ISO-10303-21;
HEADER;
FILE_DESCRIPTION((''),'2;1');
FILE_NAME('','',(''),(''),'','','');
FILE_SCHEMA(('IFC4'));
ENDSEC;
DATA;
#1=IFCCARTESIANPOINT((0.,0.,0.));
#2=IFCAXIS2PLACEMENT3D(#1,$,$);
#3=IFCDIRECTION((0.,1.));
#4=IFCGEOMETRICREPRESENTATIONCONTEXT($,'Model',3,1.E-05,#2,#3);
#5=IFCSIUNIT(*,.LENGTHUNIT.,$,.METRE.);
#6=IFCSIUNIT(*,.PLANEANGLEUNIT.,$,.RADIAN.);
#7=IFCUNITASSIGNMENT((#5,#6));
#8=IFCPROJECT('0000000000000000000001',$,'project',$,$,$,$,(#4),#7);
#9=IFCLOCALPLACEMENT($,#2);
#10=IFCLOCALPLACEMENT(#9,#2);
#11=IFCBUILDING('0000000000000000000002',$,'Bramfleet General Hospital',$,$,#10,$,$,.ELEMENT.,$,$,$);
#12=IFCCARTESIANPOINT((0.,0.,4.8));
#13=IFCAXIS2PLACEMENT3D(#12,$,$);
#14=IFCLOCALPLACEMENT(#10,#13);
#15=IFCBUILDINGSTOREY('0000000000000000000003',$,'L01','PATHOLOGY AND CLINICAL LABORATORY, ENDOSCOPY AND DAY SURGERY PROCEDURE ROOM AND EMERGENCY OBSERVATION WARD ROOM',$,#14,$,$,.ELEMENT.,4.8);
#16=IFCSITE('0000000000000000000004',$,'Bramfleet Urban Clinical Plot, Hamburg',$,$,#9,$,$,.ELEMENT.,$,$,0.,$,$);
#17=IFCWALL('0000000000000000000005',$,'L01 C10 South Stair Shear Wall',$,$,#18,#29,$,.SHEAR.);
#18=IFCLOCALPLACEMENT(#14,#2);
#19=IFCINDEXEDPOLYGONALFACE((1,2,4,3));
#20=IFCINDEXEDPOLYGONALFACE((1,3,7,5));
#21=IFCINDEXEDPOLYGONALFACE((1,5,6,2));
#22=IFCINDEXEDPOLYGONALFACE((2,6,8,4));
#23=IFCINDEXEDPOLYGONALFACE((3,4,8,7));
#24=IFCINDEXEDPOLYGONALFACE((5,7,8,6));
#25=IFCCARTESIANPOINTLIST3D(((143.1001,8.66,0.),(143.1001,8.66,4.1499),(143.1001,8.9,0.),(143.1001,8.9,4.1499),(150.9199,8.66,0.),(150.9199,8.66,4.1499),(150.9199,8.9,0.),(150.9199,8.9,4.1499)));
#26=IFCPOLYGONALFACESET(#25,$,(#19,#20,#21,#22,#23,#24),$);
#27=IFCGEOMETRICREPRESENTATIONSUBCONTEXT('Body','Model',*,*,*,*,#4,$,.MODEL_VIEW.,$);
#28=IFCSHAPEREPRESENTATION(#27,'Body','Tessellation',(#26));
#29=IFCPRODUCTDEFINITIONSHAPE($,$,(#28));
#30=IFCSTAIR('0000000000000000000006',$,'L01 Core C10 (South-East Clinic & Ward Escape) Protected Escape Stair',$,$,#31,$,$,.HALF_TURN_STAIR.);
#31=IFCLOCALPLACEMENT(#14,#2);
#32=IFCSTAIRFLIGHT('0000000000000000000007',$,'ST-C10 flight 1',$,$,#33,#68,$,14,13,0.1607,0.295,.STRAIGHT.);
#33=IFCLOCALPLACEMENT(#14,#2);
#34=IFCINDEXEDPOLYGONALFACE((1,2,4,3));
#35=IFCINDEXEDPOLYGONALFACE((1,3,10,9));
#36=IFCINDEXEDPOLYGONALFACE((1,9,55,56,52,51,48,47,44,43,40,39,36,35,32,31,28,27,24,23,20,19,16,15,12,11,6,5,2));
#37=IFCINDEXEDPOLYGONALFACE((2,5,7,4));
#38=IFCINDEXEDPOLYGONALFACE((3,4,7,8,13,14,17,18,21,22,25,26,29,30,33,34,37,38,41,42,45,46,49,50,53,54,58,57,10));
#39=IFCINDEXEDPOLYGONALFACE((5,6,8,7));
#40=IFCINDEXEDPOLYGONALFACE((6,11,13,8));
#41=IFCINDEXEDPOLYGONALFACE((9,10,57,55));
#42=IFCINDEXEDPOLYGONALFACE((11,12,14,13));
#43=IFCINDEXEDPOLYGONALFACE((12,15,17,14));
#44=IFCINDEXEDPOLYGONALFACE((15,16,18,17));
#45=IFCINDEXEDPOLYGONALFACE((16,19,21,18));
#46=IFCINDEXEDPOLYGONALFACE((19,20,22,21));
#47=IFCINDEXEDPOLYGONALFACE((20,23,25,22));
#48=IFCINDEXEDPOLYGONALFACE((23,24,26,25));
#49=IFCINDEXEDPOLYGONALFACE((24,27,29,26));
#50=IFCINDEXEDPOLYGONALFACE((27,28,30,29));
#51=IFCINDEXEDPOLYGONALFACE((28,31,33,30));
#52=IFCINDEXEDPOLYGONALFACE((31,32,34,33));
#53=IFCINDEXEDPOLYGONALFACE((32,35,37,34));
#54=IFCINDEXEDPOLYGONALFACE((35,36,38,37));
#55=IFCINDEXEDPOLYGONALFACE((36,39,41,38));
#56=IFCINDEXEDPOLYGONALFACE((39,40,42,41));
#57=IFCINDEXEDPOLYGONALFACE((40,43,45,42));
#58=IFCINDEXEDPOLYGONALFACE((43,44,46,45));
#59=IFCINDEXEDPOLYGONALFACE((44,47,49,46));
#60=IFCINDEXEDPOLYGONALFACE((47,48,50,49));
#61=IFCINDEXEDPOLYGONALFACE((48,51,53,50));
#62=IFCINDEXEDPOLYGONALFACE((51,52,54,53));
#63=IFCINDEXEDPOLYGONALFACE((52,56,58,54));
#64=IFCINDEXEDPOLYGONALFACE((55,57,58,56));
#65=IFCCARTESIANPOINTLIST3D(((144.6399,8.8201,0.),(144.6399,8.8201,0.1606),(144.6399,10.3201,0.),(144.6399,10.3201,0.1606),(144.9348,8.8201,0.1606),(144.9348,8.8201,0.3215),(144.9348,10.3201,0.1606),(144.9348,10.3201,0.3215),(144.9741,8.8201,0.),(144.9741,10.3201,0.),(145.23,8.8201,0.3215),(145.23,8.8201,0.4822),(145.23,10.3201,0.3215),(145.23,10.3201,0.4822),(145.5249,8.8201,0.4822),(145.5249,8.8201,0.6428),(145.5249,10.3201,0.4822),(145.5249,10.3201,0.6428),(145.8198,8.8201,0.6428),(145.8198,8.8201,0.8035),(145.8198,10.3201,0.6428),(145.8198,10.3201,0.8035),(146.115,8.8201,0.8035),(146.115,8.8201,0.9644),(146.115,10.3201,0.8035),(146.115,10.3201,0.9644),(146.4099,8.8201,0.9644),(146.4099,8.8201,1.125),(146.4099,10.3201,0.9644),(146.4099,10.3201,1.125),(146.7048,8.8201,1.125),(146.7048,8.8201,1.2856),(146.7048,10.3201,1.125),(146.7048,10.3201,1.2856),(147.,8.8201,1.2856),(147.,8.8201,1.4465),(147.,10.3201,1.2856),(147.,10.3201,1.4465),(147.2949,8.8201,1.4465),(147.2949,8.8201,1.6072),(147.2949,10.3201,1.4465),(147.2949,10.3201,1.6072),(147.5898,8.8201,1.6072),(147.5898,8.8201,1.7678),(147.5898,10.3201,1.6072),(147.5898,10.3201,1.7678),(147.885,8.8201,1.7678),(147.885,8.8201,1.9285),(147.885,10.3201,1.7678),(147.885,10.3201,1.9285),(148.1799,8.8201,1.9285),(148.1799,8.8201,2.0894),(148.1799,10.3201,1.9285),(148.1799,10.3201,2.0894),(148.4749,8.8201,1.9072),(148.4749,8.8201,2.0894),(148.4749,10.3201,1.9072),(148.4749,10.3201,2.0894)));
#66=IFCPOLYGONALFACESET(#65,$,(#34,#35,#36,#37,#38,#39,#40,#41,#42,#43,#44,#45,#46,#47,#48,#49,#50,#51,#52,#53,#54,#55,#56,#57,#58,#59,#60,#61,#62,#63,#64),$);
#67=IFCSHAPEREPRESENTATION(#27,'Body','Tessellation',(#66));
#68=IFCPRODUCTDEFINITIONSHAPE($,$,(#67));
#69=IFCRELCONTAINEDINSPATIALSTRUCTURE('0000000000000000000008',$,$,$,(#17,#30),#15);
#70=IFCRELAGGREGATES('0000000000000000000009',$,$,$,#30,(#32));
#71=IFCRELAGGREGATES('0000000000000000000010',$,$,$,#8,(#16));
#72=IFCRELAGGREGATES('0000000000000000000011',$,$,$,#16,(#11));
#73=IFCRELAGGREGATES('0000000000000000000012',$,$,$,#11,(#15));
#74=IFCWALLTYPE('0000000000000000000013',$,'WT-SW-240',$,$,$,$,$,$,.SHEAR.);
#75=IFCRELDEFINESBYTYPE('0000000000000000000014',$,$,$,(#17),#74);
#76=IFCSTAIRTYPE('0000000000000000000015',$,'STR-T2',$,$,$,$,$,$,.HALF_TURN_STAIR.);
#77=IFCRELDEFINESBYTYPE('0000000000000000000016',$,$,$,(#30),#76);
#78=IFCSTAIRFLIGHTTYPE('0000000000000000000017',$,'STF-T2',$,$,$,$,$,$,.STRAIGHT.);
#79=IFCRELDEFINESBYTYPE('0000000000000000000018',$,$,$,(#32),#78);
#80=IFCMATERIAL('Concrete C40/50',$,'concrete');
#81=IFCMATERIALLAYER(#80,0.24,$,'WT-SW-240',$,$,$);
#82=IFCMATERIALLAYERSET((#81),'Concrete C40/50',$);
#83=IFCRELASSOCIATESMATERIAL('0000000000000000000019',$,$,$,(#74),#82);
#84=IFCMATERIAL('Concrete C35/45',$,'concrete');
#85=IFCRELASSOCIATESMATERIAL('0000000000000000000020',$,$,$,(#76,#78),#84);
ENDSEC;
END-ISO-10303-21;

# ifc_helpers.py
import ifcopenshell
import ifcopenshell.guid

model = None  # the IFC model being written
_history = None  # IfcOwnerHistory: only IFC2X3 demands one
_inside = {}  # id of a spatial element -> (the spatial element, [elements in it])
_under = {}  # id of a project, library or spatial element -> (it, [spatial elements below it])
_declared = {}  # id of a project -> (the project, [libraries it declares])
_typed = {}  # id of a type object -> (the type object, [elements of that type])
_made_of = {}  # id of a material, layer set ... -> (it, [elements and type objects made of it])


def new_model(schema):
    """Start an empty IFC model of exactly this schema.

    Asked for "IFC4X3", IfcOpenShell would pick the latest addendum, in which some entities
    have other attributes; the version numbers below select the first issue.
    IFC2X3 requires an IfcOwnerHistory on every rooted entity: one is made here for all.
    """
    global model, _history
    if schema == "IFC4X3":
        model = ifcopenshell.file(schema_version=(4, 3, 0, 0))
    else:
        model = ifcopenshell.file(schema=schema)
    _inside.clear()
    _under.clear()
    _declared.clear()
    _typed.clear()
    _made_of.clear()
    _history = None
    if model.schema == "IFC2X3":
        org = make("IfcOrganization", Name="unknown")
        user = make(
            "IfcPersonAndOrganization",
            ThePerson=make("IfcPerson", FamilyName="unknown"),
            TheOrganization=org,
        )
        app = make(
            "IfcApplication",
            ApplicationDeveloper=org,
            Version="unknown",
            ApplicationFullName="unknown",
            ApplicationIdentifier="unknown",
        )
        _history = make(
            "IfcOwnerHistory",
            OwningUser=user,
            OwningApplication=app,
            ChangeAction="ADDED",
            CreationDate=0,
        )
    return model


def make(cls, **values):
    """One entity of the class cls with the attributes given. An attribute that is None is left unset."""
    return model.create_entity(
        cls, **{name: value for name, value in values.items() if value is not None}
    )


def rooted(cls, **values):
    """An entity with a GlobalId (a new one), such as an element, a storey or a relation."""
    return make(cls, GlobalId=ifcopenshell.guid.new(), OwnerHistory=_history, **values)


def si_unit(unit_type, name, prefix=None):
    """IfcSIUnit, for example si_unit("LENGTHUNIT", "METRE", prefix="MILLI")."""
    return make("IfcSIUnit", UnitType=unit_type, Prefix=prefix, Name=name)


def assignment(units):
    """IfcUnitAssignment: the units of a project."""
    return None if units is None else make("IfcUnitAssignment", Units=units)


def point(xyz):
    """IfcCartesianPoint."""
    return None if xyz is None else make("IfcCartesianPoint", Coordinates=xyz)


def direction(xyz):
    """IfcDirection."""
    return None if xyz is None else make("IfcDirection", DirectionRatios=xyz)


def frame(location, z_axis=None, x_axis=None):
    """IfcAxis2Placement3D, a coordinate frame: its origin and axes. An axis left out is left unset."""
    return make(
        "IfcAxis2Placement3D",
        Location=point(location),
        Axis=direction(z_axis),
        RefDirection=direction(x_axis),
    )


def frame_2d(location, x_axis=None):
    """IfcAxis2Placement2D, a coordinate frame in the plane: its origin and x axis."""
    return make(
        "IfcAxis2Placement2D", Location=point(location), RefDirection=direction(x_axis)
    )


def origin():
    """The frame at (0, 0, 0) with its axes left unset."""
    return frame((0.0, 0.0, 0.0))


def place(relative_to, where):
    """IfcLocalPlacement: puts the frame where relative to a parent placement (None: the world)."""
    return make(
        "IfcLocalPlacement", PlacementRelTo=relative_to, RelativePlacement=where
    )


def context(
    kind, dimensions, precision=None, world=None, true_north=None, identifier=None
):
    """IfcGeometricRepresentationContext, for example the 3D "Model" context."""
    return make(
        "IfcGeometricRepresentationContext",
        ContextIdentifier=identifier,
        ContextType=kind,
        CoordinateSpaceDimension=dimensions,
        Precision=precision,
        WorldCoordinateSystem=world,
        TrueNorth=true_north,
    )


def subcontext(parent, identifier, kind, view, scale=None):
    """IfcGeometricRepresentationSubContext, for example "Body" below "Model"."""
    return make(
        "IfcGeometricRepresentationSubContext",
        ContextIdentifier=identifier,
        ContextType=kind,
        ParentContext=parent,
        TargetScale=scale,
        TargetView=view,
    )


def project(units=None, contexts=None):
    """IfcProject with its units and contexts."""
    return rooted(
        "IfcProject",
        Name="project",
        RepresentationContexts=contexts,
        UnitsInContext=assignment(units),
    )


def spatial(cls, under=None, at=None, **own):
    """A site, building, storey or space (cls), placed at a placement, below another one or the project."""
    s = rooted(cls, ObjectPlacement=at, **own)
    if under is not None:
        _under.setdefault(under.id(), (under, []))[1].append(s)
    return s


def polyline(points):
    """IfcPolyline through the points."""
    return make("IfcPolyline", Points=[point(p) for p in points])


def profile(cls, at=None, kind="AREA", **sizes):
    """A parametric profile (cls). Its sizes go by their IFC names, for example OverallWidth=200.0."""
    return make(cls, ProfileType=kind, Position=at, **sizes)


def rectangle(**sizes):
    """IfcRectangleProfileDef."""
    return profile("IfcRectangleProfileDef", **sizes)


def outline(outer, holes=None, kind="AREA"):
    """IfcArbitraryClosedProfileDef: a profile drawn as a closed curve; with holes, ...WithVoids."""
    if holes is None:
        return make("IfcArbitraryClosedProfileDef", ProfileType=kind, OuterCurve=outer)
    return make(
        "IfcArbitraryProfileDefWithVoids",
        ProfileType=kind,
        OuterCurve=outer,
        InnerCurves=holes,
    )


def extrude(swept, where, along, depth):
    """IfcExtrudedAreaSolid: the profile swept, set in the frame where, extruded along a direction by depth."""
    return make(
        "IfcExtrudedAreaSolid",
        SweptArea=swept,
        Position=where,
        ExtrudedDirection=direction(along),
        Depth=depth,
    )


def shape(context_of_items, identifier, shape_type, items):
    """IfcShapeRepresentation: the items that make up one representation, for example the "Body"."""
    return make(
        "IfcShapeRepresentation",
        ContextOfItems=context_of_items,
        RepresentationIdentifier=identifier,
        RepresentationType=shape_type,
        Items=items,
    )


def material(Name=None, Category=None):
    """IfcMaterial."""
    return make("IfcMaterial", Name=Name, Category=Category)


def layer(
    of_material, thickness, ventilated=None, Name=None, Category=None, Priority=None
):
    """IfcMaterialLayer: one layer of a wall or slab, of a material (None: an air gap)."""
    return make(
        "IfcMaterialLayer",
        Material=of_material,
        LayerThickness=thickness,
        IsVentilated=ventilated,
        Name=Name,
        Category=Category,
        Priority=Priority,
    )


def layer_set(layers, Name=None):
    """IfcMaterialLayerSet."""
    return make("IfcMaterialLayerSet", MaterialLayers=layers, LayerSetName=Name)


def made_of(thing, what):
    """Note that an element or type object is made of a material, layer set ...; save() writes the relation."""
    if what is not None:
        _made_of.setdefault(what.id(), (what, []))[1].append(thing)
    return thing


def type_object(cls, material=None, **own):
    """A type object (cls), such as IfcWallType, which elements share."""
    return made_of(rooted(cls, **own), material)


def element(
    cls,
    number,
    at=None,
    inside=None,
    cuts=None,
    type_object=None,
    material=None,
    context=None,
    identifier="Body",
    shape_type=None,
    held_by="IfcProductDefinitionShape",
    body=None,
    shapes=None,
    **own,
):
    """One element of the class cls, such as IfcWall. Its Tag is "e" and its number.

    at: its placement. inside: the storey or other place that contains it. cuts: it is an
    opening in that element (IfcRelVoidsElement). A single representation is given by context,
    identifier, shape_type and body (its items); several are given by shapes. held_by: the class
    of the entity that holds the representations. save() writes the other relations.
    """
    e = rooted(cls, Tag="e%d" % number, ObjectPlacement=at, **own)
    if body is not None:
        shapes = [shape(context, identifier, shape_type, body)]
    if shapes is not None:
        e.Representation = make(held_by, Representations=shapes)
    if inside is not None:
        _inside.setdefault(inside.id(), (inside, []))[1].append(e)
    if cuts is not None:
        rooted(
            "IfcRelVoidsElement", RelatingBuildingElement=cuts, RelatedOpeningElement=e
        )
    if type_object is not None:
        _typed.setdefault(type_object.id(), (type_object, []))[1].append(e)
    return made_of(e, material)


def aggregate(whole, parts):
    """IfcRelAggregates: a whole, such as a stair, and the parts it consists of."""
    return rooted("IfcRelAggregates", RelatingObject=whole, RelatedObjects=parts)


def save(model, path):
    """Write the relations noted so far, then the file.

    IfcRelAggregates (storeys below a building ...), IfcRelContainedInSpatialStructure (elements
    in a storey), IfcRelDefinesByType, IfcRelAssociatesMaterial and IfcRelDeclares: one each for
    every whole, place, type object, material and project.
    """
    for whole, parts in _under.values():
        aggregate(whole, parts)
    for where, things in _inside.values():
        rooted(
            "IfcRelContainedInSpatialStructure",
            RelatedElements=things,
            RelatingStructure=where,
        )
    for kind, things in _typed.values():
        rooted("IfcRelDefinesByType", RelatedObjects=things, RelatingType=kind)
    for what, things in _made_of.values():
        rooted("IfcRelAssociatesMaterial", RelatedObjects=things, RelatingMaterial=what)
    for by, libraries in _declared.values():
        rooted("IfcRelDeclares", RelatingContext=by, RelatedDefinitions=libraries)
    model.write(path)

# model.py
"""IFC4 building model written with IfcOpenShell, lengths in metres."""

from ifc_helpers import new_model, si_unit, direction, frame, frame_2d, origin, place, context, subcontext, project, spatial, polyline, rectangle, outline, extrude, material, layer, layer_set, type_object, element, aggregate, save


model = new_model("IFC4")

# Units and contexts
model_context = context("Model", 3, precision=1e-05, world=origin(), true_north=direction((0.0, 1.0)))
body_context = subcontext(model_context, "Body", "Model", "MODEL_VIEW")
ifc_project = project(units=[si_unit("LENGTHUNIT", "METRE"), si_unit("PLANEANGLEUNIT", "RADIAN")], contexts=[model_context])

# Site, building, storey
site_placement = place(None, origin())
site = spatial("IfcSite", under=ifc_project, at=site_placement, Name="Bramfleet Urban Clinical Plot, Hamburg", CompositionType="ELEMENT", RefElevation=0.0)
building_placement = place(site_placement, origin())
building = spatial("IfcBuilding", under=site, at=building_placement, Name="Bramfleet General Hospital", CompositionType="ELEMENT")
storey_placement = place(building_placement, frame((0.0, 0.0, 4.8)))
storey = spatial("IfcBuildingStorey", under=building, at=storey_placement, Name="L01", Description="PATHOLOGY AND CLINICAL LABORATORY, ENDOSCOPY AND DAY SURGERY PROCEDURE ROOM AND EMERGENCY OBSERVATION WARD ROOM", CompositionType="ELEMENT", Elevation=4.8)

# Shared definitions
ifc_material_1 = material(Name="Concrete C40/50", Category="concrete")

# Shared definitions
ifc_material_2 = material(Name="Concrete C35/45", Category="concrete")

# Wall
ifc_layer_1 = layer(ifc_material_1, 0.24, Name="WT-SW-240")
ifc_layer_set_1 = layer_set([ifc_layer_1], Name="Concrete C40/50")
wall_type_1 = type_object("IfcWallType", Name="WT-SW-240", PredefinedType="SHEAR", material=ifc_layer_set_1)
wall_1_placement = place(storey_placement, frame((143.1001, 8.78, 0.0), z_axis=(0.0, 0.0, 1.0), x_axis=(1.0, 0.0, 0.0)))
element("IfcWall", 1, at=wall_1_placement, inside=storey, type_object=wall_type_1, Name="L01 C10 South Stair Shear Wall", PredefinedType="SHEAR", context=body_context, shape_type="SweptSolid", body=[
    extrude(rectangle(XDim=7.8198, YDim=0.24, at=frame_2d((3.9099, 0.0))), origin(), (0.0, 0.0, 1.0), 4.1499),
])

# Stair, stair flight
stair_type = type_object("IfcStairType", Name="STR-T2", PredefinedType="HALF_TURN_STAIR", material=ifc_material_2)
stair_placement = place(storey_placement, origin())
stair = element("IfcStair", 2, at=stair_placement, inside=storey, type_object=stair_type, Name="L01 Core C10 (South-East Clinic & Ward Escape) Protected Escape Stair", PredefinedType="HALF_TURN_STAIR")
stair_flight_type = type_object("IfcStairFlightType", Name="STF-T2", PredefinedType="STRAIGHT", material=ifc_material_2)
stair_flight_placement = place(storey_placement, frame((144.6399, 9.5701, 0.0), z_axis=(0.0, 0.0, 1.0), x_axis=(1.0, 0.0, 0.0)))
stair_flight = element("IfcStairFlight", 3, at=stair_flight_placement, type_object=stair_flight_type, Name="ST-C10 flight 1", NumberOfRisers=14, NumberOfTreads=13, PredefinedType="STRAIGHT", RiserHeight=0.1607, TreadLength=0.295, context=body_context, shape_type="SweptSolid", body=[
    extrude(outline(polyline([(0.0, 0.0), (0.0, 0.1606), (0.2949, 0.1606), (0.2949, 0.3215), (0.5901, 0.3215), (0.5901, 0.4822), (0.885, 0.4822), (0.885, 0.6428), (1.1799, 0.6428), (1.1799, 0.8035), (1.4751, 0.8035), (1.4751, 0.9644), (1.77, 0.9644), (1.77, 1.125), (2.0649, 1.125), (2.0649, 1.2856), (2.3601, 1.2856), (2.3601, 1.4465), (2.655, 1.4465), (2.655, 1.6072), (2.95, 1.6072), (2.95, 1.7678), (3.2451, 1.7678), (3.2451, 1.9285), (3.54, 1.9285), (3.54, 2.0894), (3.835, 2.0894), (3.835, 2.25), (3.835, 1.9072), (0.3342, 0.0), (0.0, 0.0)])), frame((0.0, 0.75, 0.0), z_axis=(0.0, -1.0, 0.0), x_axis=(1.0, 0.0, 0.0)), (0.0, 0.0, 1.0), 1.5),
])
aggregate(stair, [stair_flight])

save(model, "model.ifc")
